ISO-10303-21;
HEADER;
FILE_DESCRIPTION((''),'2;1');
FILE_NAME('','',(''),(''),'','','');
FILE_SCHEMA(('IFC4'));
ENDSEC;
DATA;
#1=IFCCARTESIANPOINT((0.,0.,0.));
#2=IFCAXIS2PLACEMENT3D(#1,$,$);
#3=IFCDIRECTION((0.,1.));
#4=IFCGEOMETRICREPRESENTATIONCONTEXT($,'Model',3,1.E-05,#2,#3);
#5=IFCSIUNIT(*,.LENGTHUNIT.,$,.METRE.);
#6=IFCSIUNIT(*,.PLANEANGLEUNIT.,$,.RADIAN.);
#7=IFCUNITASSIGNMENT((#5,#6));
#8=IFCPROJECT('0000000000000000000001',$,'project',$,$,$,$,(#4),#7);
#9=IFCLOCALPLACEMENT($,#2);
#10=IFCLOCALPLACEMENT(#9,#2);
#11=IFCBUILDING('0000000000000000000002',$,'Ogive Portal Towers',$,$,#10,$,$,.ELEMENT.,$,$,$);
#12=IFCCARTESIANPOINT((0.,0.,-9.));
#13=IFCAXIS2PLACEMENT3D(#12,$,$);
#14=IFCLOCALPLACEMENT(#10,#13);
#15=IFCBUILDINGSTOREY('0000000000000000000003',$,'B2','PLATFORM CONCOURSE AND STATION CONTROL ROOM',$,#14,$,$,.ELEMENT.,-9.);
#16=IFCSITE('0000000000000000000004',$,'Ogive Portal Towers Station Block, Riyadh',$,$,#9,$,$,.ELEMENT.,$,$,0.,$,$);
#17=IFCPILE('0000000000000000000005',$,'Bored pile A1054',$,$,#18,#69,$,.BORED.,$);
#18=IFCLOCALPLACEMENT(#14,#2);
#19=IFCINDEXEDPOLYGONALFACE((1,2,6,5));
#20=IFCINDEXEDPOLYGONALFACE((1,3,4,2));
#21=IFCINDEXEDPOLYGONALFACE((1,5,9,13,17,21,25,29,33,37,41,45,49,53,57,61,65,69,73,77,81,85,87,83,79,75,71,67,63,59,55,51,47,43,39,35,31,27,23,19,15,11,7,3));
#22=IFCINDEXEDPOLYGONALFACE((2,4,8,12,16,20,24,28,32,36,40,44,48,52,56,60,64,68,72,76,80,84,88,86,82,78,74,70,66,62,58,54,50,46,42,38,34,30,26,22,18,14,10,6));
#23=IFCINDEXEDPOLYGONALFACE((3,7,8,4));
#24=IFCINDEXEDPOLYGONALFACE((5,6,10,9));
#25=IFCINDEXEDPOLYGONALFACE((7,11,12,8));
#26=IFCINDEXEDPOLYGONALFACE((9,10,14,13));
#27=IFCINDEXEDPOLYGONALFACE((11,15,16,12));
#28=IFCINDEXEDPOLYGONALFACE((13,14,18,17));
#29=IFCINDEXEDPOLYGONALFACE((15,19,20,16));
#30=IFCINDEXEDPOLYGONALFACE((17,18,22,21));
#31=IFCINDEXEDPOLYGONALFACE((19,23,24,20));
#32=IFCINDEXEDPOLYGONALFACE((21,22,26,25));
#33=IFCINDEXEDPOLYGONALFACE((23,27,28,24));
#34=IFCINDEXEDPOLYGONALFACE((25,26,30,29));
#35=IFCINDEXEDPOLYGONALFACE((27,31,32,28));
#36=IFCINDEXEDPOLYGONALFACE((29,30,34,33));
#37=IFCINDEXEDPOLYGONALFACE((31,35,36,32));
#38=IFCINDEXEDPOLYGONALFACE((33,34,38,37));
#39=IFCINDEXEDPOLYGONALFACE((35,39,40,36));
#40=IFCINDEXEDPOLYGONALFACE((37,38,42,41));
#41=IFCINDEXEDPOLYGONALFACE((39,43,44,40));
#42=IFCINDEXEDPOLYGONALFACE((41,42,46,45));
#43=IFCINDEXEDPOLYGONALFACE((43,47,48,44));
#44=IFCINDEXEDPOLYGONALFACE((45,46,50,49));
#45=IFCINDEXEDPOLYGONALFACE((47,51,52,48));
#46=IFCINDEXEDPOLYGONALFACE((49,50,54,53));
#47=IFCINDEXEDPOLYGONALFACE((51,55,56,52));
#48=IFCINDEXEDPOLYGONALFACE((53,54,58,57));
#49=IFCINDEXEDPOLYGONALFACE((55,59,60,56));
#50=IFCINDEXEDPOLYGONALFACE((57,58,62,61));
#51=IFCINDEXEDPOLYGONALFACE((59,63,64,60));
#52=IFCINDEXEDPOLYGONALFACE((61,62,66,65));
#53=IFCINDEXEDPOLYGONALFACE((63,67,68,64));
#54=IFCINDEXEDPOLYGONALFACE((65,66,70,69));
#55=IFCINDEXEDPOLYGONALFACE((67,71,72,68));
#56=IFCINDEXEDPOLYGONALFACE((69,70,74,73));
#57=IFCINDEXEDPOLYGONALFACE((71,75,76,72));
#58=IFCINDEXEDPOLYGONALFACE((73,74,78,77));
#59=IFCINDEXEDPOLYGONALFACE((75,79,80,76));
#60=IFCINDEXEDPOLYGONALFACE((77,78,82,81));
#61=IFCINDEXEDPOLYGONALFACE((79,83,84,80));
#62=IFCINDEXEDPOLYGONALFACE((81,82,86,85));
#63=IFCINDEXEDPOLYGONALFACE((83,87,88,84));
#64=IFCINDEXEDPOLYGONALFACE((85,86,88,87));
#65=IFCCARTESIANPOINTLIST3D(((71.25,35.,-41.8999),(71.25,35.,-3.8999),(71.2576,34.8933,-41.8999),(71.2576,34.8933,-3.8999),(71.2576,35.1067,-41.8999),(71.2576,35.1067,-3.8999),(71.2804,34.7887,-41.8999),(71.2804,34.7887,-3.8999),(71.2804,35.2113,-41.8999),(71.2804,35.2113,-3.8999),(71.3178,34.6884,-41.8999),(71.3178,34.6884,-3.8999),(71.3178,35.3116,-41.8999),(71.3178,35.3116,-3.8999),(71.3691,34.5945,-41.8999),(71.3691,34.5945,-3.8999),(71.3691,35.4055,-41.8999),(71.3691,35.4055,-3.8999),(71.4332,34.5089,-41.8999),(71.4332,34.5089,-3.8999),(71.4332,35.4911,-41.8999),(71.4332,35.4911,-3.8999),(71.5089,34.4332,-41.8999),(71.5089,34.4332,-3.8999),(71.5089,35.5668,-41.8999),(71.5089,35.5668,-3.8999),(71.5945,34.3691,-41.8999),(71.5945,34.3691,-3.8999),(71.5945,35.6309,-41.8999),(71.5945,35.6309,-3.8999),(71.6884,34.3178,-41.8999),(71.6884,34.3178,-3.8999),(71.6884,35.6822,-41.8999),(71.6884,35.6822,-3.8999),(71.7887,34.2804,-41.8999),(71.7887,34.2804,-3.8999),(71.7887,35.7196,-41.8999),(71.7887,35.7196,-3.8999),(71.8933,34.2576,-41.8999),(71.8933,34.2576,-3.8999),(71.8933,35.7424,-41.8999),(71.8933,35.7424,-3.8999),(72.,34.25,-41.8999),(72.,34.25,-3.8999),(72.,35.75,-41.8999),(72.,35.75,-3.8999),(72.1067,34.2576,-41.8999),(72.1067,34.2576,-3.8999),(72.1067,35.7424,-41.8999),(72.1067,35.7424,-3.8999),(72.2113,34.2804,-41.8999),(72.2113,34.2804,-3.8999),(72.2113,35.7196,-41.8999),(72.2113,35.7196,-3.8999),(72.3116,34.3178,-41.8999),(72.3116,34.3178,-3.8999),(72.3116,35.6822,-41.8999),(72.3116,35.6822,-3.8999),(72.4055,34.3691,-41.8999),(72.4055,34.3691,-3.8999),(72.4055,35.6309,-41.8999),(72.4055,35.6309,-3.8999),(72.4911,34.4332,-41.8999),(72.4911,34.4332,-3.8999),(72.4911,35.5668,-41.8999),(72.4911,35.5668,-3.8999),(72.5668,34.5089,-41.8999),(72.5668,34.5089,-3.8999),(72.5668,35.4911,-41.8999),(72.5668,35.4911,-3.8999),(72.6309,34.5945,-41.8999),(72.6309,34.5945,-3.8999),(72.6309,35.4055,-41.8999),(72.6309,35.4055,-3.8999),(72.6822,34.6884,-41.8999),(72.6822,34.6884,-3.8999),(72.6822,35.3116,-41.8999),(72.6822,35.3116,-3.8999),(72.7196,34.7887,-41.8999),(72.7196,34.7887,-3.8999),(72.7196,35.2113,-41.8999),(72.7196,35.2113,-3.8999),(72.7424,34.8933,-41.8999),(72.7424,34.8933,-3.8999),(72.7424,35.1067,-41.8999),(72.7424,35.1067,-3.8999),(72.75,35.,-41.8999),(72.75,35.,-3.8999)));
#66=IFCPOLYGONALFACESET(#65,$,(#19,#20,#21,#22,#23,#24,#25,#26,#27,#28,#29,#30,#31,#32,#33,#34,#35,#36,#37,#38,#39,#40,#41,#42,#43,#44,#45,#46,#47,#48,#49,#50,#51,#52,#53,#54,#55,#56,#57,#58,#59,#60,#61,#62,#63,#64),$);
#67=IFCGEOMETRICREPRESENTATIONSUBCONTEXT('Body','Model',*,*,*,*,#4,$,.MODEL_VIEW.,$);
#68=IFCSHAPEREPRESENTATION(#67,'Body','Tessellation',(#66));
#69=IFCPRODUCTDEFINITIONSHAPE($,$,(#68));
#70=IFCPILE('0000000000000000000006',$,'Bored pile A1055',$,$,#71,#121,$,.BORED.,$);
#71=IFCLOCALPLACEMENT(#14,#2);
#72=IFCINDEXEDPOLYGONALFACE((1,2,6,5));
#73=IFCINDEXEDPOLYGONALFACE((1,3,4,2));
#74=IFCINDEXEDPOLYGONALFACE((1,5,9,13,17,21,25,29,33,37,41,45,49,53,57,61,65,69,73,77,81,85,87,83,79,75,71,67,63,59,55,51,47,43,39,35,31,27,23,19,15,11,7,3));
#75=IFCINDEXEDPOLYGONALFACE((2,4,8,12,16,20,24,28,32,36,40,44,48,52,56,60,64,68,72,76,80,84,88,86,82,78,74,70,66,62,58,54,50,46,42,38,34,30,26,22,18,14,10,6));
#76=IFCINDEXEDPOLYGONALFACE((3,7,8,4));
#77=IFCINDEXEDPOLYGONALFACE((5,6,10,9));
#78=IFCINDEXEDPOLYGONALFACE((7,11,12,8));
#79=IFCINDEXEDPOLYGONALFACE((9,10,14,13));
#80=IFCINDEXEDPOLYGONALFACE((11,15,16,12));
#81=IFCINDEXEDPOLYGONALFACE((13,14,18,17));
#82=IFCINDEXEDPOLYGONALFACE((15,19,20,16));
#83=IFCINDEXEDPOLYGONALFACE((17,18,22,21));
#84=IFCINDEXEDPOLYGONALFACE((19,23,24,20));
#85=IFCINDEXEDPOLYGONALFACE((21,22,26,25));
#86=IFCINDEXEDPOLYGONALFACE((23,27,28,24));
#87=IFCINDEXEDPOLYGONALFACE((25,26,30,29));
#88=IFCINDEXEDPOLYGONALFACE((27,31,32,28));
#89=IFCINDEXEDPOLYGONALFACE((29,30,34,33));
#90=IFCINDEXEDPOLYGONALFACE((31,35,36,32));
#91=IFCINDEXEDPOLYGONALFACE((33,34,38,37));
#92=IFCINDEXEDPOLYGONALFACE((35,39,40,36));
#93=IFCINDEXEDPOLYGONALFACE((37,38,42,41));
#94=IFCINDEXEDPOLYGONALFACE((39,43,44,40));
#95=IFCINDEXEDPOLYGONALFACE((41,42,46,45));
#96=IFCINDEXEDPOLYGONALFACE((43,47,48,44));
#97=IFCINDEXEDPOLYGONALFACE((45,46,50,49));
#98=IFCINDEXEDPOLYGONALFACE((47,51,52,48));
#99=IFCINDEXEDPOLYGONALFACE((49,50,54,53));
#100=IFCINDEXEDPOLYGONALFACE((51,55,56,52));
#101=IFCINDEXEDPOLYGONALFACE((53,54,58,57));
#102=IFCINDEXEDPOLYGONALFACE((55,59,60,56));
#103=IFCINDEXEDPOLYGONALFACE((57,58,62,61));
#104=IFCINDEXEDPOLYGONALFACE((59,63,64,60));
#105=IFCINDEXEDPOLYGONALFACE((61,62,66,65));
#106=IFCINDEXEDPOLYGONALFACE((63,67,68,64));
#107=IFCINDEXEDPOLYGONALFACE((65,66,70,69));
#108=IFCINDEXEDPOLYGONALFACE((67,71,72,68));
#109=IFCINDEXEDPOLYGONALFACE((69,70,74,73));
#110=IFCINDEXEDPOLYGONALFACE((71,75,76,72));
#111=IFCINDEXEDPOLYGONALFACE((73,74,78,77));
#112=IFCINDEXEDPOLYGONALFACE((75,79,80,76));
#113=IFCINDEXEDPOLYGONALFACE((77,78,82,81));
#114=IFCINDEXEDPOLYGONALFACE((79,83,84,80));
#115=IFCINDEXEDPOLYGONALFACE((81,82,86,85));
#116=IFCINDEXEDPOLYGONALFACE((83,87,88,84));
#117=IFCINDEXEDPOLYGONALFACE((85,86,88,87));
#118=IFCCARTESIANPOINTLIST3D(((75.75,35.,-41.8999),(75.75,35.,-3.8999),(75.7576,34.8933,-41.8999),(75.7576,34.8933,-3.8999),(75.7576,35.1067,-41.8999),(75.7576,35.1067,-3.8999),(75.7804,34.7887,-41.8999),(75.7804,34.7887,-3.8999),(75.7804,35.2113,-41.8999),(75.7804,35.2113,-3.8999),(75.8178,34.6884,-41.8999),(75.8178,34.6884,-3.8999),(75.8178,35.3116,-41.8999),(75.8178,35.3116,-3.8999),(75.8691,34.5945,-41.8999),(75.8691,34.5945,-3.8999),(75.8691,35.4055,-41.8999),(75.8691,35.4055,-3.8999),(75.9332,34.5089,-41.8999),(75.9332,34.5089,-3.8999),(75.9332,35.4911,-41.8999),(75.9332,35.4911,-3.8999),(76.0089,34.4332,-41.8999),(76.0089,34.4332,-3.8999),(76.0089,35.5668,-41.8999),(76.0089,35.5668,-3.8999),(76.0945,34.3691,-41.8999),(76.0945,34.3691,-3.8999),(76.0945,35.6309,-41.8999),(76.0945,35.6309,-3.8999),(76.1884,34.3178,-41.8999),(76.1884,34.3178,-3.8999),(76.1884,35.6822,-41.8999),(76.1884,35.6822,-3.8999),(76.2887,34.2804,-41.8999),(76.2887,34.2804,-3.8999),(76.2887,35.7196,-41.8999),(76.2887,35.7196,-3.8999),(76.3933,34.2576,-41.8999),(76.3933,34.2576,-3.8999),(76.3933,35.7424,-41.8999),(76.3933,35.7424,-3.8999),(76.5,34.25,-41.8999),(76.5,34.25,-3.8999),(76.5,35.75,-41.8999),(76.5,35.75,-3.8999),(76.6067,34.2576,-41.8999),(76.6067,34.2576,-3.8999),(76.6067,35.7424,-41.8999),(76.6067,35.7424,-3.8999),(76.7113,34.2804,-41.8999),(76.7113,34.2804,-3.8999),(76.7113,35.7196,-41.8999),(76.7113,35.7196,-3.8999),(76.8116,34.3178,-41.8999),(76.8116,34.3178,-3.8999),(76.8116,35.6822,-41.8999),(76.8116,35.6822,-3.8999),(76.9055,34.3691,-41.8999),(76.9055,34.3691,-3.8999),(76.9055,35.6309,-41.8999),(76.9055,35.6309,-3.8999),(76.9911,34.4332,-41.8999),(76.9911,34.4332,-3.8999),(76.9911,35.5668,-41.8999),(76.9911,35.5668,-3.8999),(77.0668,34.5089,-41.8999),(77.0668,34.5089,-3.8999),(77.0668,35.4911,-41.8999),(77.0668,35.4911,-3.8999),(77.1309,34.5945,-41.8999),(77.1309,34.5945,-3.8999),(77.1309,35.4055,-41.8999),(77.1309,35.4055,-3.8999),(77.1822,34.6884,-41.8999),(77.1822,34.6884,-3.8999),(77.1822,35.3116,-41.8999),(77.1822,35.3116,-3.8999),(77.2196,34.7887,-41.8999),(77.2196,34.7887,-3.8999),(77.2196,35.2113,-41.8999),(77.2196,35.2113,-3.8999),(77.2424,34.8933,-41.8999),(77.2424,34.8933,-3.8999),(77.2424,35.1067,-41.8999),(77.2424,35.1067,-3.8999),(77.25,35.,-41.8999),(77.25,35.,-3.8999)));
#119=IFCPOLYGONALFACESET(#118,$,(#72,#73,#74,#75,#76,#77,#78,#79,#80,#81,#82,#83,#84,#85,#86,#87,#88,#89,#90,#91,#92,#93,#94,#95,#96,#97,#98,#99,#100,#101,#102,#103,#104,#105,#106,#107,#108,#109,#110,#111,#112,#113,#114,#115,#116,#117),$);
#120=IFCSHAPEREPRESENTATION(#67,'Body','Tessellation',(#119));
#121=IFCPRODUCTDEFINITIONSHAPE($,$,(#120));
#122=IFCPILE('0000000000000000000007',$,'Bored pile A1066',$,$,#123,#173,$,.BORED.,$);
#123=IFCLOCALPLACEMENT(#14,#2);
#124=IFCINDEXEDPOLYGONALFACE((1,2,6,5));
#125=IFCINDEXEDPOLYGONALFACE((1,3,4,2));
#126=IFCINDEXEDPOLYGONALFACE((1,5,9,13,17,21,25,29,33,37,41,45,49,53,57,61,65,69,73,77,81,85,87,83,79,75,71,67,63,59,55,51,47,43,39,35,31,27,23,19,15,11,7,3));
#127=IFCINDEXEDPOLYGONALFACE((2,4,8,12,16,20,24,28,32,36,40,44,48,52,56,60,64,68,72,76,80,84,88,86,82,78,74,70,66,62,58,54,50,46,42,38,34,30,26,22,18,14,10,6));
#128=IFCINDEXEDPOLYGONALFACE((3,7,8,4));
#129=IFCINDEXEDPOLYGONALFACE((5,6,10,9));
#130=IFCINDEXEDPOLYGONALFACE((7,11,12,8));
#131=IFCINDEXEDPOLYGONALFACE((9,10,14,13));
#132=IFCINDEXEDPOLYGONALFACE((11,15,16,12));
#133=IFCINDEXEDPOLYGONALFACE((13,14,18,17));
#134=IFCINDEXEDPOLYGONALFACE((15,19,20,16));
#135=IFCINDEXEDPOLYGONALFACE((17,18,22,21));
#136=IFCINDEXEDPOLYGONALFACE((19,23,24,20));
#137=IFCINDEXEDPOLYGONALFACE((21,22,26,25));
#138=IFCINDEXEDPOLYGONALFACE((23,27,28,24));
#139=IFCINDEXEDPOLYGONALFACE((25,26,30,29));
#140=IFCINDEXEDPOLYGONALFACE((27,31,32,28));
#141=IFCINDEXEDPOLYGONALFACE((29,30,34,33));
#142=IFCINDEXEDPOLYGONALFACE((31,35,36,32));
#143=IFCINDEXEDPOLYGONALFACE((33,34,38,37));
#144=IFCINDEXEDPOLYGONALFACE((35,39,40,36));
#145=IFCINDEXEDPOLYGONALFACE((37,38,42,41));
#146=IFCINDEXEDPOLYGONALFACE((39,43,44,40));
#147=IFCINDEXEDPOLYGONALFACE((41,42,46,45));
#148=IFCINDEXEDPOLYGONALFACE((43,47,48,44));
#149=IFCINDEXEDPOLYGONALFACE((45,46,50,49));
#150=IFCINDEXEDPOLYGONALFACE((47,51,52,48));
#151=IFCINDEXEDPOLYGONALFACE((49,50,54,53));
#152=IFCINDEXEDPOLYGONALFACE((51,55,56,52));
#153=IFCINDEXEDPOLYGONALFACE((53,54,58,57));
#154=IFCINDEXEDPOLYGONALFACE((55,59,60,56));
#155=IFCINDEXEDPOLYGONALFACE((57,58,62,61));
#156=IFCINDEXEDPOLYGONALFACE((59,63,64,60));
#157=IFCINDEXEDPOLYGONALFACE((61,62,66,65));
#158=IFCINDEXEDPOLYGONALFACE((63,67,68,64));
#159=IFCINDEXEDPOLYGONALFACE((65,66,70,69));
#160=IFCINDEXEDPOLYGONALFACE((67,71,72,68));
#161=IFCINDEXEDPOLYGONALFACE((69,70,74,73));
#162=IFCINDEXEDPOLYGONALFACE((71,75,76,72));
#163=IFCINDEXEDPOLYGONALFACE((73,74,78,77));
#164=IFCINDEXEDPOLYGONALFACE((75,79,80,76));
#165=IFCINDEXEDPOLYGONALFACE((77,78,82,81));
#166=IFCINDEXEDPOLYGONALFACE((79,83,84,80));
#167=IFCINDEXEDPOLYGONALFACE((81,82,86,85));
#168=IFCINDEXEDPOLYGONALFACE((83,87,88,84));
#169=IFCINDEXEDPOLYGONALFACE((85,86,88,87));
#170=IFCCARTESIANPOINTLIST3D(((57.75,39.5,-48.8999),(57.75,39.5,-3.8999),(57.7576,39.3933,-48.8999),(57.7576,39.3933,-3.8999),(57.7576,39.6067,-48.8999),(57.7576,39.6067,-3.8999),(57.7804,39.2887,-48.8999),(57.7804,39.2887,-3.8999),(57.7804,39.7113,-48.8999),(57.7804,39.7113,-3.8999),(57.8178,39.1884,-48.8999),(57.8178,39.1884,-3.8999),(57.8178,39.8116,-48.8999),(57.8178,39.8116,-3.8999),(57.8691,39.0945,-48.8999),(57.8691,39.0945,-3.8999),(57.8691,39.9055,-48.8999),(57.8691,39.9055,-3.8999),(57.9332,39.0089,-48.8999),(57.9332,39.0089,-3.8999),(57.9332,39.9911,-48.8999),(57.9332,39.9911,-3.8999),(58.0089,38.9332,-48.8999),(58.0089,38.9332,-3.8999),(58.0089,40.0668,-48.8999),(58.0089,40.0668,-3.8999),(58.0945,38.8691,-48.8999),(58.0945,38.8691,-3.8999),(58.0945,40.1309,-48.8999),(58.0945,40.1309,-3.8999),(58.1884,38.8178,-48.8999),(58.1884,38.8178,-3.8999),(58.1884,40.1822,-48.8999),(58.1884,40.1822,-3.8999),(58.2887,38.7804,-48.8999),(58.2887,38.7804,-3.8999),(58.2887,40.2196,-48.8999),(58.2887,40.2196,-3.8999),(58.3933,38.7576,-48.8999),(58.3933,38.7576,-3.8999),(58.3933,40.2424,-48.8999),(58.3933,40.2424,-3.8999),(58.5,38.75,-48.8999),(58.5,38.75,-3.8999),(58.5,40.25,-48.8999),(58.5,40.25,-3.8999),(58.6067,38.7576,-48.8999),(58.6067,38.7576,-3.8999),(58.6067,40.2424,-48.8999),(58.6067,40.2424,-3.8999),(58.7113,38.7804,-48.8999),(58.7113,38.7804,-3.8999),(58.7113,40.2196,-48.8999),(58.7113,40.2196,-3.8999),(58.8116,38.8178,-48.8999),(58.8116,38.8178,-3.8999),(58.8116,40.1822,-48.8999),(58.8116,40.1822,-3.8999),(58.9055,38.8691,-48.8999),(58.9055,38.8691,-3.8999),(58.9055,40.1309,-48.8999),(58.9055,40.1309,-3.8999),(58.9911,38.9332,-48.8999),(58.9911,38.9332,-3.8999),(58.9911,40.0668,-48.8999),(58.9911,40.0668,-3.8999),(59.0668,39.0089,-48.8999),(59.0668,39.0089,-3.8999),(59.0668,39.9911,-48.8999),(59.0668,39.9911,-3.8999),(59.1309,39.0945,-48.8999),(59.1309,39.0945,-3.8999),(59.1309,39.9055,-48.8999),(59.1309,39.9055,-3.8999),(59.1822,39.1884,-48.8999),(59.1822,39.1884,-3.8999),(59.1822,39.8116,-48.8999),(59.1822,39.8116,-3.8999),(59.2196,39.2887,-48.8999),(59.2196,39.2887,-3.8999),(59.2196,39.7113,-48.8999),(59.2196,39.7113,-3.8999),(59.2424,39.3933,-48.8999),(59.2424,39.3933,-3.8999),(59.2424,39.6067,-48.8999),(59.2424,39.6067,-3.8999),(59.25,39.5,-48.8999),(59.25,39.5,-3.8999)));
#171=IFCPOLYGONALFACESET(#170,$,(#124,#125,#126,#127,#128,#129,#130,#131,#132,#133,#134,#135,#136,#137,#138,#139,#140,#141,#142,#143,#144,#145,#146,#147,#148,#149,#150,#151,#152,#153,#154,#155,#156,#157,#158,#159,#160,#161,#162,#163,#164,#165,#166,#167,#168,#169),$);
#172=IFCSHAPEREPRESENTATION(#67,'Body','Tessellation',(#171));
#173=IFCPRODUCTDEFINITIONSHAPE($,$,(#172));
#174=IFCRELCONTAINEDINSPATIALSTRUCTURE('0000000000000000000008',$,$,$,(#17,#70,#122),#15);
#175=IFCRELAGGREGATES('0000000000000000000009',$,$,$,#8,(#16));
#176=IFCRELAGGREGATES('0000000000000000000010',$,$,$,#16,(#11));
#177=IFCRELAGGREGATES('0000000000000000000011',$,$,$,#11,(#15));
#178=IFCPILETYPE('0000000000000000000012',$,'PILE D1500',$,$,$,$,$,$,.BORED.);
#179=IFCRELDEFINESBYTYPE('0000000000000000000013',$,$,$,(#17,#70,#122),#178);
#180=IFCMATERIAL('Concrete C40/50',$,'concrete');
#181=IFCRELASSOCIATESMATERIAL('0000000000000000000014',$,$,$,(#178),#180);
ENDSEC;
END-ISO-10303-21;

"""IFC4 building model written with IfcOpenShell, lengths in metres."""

from ifc_helpers import new_model, si_unit, direction, frame, origin, origin_2d, place, context, subcontext, project, spatial, circle, extrude, material, material_profile, profile_set, type_object, element, save


model = new_model("IFC4")

# Units and contexts
model_context = context("Model", 3, precision=1e-05, world=origin(), true_north=direction((0.0, 1.0)))
body_context = subcontext(model_context, "Body", "Model", "MODEL_VIEW")
ifc_project = project(units=[si_unit("LENGTHUNIT", "METRE"), si_unit("PLANEANGLEUNIT", "RADIAN")], contexts=[model_context])

# Site, building, storey
site_placement = place(None, origin())
site = spatial("IfcSite", under=ifc_project, at=site_placement, Name="Ogive Portal Towers Station Block, Riyadh", CompositionType="ELEMENT", RefElevation=0.0)
building_placement = place(site_placement, origin())
building = spatial("IfcBuilding", under=site, at=building_placement, Name="Ogive Portal Towers", CompositionType="ELEMENT")
storey_placement = place(building_placement, frame((0.0, 0.0, -9.0)))
storey = spatial("IfcBuildingStorey", under=building, at=storey_placement, Name="B2", Description="PLATFORM CONCOURSE AND STATION CONTROL ROOM", CompositionType="ELEMENT", Elevation=-9.0)

# Piles
ifc_material_1 = material(Name="Concrete C40/50", Category="concrete")
ifc_material_profile_1 = material_profile(ifc_material_1, circle(Radius=0.75, at=origin_2d()), Name="PILE D1500")
ifc_profile_set_1 = profile_set([ifc_material_profile_1], Name="Concrete C40/50")
pile_type = type_object("IfcPileType", Name="PILE D1500", PredefinedType="BORED", material=ifc_profile_set_1)
for number, where, z_axis, x_axis, name in (
    (1, (72.0, 35.0, -3.8999), (0.0, 0.0, -1.0), (1.0, 0.0, 0.0), "Bored pile A1054"),
    (2, (76.5, 35.0, -3.8999), (0.0, 0.0, -1.0), (1.0, 0.0, 0.0), "Bored pile A1055"),
):
    element("IfcPile", number, at=place(storey_placement, frame(where, z_axis=z_axis, x_axis=x_axis)), inside=storey, type_object=pile_type, Name=name, PredefinedType="BORED", context=body_context, shape_type="SweptSolid", body=[
        extrude(circle(Radius=0.75, at=origin_2d()), origin(), (0.0, 0.0, 1.0), 38.0),
    ])
pile_1_placement = place(storey_placement, frame((58.5, 39.5, -3.8999), z_axis=(0.0, 0.0, -1.0), x_axis=(1.0, 0.0, 0.0)))
element("IfcPile", 3, at=pile_1_placement, inside=storey, type_object=pile_type, Name="Bored pile A1066", PredefinedType="BORED", context=body_context, shape_type="SweptSolid", body=[
    extrude(circle(Radius=0.75, at=origin_2d()), origin(), (0.0, 0.0, 1.0), 45.0),
])

save(model, "model.ifc")
